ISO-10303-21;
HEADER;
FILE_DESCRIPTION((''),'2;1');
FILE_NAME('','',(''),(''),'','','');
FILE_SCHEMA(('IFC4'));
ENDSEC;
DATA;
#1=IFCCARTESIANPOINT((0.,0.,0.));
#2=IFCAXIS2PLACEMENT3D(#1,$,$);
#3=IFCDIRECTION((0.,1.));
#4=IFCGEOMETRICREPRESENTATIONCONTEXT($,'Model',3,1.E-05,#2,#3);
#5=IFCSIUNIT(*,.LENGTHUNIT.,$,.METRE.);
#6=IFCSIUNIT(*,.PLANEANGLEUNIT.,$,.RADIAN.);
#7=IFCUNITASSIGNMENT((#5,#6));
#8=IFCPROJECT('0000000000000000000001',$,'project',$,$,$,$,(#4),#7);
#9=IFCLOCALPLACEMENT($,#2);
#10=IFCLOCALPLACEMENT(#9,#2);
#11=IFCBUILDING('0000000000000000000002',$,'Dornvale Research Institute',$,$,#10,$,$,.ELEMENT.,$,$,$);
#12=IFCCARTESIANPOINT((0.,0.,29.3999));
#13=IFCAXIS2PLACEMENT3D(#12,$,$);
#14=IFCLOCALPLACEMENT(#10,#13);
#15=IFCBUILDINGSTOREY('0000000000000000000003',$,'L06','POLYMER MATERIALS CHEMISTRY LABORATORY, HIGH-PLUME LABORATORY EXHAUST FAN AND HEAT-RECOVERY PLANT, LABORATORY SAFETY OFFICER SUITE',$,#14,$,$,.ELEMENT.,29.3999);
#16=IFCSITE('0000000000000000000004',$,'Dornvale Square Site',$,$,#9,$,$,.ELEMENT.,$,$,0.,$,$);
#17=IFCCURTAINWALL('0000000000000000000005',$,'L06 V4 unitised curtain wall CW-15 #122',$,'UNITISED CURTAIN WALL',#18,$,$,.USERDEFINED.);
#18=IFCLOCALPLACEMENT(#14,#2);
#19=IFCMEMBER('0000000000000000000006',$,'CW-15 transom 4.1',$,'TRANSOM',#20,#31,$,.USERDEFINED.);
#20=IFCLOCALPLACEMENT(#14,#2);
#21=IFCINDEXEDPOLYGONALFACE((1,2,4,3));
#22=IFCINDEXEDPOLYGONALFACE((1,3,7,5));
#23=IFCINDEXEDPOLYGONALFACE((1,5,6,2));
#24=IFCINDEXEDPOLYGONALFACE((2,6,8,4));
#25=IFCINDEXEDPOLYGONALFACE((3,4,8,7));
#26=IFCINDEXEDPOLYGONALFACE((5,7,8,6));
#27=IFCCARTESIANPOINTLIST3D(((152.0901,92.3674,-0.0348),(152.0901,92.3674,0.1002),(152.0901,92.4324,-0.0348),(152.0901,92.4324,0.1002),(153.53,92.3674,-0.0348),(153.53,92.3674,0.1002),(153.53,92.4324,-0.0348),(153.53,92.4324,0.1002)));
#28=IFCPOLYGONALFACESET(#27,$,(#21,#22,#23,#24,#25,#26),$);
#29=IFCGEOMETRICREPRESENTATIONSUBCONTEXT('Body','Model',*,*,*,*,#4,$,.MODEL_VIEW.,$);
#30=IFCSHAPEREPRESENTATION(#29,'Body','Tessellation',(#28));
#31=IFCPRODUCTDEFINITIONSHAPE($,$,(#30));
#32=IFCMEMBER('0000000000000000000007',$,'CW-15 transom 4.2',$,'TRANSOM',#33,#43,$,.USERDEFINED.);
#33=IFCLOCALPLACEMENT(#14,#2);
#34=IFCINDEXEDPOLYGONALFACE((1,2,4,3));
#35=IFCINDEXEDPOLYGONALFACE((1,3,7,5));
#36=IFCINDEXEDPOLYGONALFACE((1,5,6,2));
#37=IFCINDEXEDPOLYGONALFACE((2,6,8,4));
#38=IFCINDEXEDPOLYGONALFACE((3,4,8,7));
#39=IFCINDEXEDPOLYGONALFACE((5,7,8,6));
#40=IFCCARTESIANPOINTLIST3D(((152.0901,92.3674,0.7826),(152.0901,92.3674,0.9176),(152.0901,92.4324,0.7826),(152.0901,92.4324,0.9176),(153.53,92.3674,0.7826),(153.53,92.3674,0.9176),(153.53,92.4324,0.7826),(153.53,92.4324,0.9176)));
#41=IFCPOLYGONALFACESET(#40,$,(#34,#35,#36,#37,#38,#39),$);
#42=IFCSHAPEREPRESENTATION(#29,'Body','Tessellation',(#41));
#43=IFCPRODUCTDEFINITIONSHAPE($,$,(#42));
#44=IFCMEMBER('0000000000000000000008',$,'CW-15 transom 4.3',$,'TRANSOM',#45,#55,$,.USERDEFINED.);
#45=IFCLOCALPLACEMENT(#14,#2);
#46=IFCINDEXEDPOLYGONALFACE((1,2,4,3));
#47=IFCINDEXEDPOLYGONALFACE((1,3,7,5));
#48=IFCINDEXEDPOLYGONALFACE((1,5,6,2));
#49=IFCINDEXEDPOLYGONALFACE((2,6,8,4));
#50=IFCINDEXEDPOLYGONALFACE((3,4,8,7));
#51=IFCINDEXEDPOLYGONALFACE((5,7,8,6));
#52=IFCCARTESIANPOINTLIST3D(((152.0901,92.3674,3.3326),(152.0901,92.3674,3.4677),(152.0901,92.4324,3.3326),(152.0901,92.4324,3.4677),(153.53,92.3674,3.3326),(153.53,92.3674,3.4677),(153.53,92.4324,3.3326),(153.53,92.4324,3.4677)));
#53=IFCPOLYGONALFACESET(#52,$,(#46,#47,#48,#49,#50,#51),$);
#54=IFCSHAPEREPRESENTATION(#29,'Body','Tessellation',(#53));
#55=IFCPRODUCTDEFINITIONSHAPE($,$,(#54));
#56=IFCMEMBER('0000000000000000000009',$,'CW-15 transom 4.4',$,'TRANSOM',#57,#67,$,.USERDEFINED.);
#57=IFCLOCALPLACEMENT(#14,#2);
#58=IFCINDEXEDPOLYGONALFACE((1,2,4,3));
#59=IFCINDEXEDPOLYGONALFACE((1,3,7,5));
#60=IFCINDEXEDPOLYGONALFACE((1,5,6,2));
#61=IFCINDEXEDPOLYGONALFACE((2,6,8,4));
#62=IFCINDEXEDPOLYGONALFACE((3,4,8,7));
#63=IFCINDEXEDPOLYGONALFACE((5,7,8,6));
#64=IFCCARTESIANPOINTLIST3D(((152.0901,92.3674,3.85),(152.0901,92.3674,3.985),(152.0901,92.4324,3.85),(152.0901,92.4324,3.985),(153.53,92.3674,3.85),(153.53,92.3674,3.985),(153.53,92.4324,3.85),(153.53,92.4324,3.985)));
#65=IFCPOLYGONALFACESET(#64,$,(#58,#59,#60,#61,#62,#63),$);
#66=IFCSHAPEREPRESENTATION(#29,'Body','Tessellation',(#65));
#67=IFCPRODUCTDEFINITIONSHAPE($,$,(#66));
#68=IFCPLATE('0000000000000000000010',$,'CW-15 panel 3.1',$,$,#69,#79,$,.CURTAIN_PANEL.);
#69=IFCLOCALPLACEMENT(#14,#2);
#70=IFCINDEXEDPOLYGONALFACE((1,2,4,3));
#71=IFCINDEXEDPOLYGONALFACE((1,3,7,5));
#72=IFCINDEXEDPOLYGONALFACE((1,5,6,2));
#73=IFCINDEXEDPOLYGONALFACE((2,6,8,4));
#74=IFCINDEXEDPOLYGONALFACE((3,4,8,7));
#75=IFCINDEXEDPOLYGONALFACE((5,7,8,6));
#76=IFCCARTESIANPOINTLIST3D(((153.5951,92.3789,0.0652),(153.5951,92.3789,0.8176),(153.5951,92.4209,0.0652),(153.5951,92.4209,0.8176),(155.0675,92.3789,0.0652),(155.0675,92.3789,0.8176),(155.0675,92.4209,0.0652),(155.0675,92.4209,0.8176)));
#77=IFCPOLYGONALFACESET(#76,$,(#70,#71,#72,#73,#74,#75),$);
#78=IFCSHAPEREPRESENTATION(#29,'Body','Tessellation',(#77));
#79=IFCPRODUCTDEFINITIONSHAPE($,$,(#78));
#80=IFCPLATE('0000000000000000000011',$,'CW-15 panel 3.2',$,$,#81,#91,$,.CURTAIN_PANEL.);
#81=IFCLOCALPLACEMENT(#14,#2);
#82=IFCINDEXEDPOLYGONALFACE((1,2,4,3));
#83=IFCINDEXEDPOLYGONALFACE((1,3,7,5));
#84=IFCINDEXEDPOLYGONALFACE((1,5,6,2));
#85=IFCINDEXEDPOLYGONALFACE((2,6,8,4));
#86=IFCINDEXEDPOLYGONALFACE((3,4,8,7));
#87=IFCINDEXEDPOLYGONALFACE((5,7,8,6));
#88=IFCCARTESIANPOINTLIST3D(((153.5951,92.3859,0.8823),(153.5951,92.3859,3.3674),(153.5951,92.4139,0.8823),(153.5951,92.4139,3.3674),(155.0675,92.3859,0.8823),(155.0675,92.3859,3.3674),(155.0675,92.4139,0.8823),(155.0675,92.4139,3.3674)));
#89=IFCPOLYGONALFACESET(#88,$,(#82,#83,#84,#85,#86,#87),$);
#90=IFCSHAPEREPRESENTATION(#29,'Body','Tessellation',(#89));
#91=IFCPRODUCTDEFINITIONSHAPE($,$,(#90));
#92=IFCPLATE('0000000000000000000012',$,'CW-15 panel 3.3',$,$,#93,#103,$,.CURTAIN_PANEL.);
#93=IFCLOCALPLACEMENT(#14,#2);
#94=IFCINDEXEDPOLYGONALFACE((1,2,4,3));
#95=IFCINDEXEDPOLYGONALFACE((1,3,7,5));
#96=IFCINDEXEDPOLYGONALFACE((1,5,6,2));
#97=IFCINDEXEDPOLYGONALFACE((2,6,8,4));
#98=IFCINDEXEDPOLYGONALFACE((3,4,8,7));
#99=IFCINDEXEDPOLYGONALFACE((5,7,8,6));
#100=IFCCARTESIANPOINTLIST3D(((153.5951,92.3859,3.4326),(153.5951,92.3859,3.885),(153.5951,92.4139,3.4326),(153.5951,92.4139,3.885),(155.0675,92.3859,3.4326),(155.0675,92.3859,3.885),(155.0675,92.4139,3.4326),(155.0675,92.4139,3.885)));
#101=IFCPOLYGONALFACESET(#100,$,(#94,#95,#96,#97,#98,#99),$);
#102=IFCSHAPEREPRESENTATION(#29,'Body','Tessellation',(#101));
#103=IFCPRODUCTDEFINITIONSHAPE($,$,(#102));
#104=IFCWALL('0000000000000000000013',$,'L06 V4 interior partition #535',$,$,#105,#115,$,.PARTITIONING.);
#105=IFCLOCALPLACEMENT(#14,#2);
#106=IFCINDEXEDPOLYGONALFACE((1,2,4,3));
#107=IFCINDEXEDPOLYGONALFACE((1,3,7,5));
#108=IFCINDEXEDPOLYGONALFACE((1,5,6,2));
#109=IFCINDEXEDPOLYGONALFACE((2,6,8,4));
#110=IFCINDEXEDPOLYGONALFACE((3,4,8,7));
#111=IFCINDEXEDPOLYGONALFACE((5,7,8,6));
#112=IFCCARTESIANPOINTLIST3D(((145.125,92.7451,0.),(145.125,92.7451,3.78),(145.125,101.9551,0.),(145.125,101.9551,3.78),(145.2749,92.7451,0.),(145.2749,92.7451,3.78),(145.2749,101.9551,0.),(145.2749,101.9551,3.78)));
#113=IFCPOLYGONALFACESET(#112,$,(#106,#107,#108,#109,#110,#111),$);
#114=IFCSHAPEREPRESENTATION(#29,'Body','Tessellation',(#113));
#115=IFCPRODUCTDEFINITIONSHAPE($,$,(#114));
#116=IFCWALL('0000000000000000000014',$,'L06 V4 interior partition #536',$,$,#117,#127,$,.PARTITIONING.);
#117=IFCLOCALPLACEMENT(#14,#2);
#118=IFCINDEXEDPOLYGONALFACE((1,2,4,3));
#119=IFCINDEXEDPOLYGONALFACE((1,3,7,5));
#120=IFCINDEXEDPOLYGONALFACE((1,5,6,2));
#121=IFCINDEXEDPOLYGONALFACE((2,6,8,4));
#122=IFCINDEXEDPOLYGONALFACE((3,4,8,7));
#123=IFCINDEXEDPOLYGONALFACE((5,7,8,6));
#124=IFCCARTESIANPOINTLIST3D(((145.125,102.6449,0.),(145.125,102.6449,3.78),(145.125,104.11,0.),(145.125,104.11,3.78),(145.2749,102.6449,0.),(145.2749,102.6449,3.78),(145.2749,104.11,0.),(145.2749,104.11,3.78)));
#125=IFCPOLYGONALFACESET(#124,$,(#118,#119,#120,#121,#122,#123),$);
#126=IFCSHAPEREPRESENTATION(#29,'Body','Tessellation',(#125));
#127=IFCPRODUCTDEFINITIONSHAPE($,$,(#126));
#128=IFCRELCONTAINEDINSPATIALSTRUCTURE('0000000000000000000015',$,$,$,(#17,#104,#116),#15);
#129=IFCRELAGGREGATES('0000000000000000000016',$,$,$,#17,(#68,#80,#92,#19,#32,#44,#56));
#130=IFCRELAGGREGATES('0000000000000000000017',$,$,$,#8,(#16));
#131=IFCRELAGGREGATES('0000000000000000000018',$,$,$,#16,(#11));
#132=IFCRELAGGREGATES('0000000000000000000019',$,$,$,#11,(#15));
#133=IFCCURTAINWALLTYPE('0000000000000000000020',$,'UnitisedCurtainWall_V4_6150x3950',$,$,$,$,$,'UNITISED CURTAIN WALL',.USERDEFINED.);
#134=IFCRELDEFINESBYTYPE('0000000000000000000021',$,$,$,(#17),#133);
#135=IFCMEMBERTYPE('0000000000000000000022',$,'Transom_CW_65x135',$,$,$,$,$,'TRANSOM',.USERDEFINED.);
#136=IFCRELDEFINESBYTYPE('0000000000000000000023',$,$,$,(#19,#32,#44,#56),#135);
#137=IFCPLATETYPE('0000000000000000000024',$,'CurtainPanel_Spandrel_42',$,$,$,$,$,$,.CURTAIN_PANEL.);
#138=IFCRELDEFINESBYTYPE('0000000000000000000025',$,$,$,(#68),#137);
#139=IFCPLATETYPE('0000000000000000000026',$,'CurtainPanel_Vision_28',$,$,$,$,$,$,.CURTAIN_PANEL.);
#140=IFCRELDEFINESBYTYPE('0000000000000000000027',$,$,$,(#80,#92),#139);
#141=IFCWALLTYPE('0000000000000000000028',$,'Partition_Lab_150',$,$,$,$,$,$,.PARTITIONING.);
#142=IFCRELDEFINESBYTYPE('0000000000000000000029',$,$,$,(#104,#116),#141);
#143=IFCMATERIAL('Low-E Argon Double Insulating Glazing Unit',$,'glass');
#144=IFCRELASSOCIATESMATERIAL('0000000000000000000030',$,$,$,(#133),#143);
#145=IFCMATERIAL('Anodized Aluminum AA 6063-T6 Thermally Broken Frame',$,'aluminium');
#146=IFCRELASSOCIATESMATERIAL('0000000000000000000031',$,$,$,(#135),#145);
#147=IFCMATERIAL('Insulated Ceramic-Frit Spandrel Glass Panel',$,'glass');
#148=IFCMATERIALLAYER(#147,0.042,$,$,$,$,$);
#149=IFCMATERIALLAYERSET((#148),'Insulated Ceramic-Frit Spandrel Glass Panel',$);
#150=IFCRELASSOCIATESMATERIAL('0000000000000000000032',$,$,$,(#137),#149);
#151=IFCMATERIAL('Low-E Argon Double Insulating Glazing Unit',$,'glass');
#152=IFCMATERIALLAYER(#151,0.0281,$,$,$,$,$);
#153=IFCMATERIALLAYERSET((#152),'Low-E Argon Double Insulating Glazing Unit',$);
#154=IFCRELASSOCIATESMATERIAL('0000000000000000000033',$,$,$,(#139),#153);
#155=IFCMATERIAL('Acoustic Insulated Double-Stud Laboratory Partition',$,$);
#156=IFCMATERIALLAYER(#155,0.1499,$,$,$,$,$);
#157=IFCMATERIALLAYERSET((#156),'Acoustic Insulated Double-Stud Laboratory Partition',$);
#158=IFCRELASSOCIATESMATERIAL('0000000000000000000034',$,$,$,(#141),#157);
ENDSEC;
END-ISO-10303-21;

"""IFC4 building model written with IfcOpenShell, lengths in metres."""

from ifc_helpers import new_model, si_unit, direction, frame, frame_2d, origin, origin_2d, place, context, subcontext, project, spatial, rectangle, extrude, material, layer, layer_set, material_profile, profile_set, type_object, element, aggregate, save


model = new_model("IFC4")

# Units and contexts
model_context = context("Model", 3, precision=1e-05, world=origin(), true_north=direction((0.0, 1.0)))
body_context = subcontext(model_context, "Body", "Model", "MODEL_VIEW")
ifc_project = project(units=[si_unit("LENGTHUNIT", "METRE"), si_unit("PLANEANGLEUNIT", "RADIAN")], contexts=[model_context])

# Site, building, storey
site_placement = place(None, origin())
site = spatial("IfcSite", under=ifc_project, at=site_placement, Name="Dornvale Square Site", CompositionType="ELEMENT", RefElevation=0.0)
building_placement = place(site_placement, origin())
building = spatial("IfcBuilding", under=site, at=building_placement, Name="Dornvale Research Institute", CompositionType="ELEMENT")
storey_placement = place(building_placement, frame((0.0, 0.0, 29.3999)))
storey = spatial("IfcBuildingStorey", under=building, at=storey_placement, Name="L06", Description="POLYMER MATERIALS CHEMISTRY LABORATORY, HIGH-PLUME LABORATORY EXHAUST FAN AND HEAT-RECOVERY PLANT, LABORATORY SAFETY OFFICER SUITE", CompositionType="ELEMENT", Elevation=29.3999)

# Curtain wall, members, plates
ifc_material_1 = material(Name="Low-E Argon Double Insulating Glazing Unit", Category="glass")
curtain_wall_type = type_object("IfcCurtainWallType", Name="UnitisedCurtainWall_V4_6150x3950", ElementType="UNITISED CURTAIN WALL", PredefinedType="USERDEFINED", material=ifc_material_1)
curtain_wall_placement = place(storey_placement, origin())
curtain_wall = element("IfcCurtainWall", 1, at=curtain_wall_placement, inside=storey, type_object=curtain_wall_type, Name="L06 V4 unitised curtain wall CW-15 #122", ObjectType="UNITISED CURTAIN WALL", PredefinedType="USERDEFINED")
ifc_material_2 = material(Name="Anodized Aluminum AA 6063-T6 Thermally Broken Frame", Category="aluminium")
ifc_material_profile_1 = material_profile(ifc_material_2, rectangle(XDim=0.0649, YDim=0.135, at=origin_2d()), Name="ALU TRANSOM 65x135")
ifc_profile_set_1 = profile_set([ifc_material_profile_1], Name="Anodized Aluminum AA 6063-T6 Thermally Broken Frame")
member_type_1 = type_object("IfcMemberType", Name="Transom_CW_65x135", ElementType="TRANSOM", PredefinedType="USERDEFINED", material=ifc_profile_set_1)
member_1_placement = place(storey_placement, frame((153.53, 92.3999, 0.0327), z_axis=(-1.0, 0.0, 0.0), x_axis=(0.0, -1.0, 0.0)))
member_1 = element("IfcMember", 2, at=member_1_placement, type_object=member_type_1, Name="CW-15 transom 4.1", ObjectType="TRANSOM", PredefinedType="USERDEFINED", context=body_context, shape_type="SweptSolid", body=[
    extrude(rectangle(XDim=0.0649, YDim=0.135, at=origin_2d()), origin(), (0.0, 0.0, 1.0), 1.4399),
])
member_2_placement = place(storey_placement, frame((153.53, 92.3999, 0.8501), z_axis=(-1.0, 0.0, 0.0), x_axis=(0.0, -1.0, 0.0)))
member_2 = element("IfcMember", 3, at=member_2_placement, type_object=member_type_1, Name="CW-15 transom 4.2", ObjectType="TRANSOM", PredefinedType="USERDEFINED", context=body_context, shape_type="SweptSolid", body=[
    extrude(rectangle(XDim=0.0649, YDim=0.135, at=origin_2d()), origin(), (0.0, 0.0, 1.0), 1.4399),
])
member_3_placement = place(storey_placement, frame((153.53, 92.3999, 3.4001), z_axis=(-1.0, 0.0, 0.0), x_axis=(0.0, -1.0, 0.0)))
member_3 = element("IfcMember", 4, at=member_3_placement, type_object=member_type_1, Name="CW-15 transom 4.3", ObjectType="TRANSOM", PredefinedType="USERDEFINED", context=body_context, shape_type="SweptSolid", body=[
    extrude(rectangle(XDim=0.0649, YDim=0.135, at=origin_2d()), origin(), (0.0, 0.0, 1.0), 1.4399),
])
member_4_placement = place(storey_placement, frame((153.53, 92.3999, 3.9175), z_axis=(-1.0, 0.0, 0.0), x_axis=(0.0, -1.0, 0.0)))
member_4 = element("IfcMember", 5, at=member_4_placement, type_object=member_type_1, Name="CW-15 transom 4.4", ObjectType="TRANSOM", PredefinedType="USERDEFINED", context=body_context, shape_type="SweptSolid", body=[
    extrude(rectangle(XDim=0.0649, YDim=0.135, at=origin_2d()), origin(), (0.0, 0.0, 1.0), 1.4399),
])
ifc_material_3 = material(Name="Insulated Ceramic-Frit Spandrel Glass Panel", Category="glass")
ifc_layer_1 = layer(ifc_material_3, 0.042)
ifc_layer_set_1 = layer_set([ifc_layer_1], Name="Insulated Ceramic-Frit Spandrel Glass Panel")
plate_type_1 = type_object("IfcPlateType", Name="CurtainPanel_Spandrel_42", PredefinedType="CURTAIN_PANEL", material=ifc_layer_set_1)
plate_1_placement = place(storey_placement, frame((154.3313, 92.3999, 0.0652), z_axis=(0.0, 0.0, 1.0), x_axis=(-1.0, 0.0, 0.0)))
plate_1 = element("IfcPlate", 6, at=plate_1_placement, type_object=plate_type_1, Name="CW-15 panel 3.1", PredefinedType="CURTAIN_PANEL", context=body_context, shape_type="SweptSolid", body=[
    extrude(rectangle(XDim=1.4724, YDim=0.042, at=origin_2d()), origin(), (0.0, 0.0, 1.0), 0.7524),
])
ifc_material_4 = material(Name="Low-E Argon Double Insulating Glazing Unit", Category="glass")
ifc_layer_2 = layer(ifc_material_4, 0.0281)
ifc_layer_set_2 = layer_set([ifc_layer_2], Name="Low-E Argon Double Insulating Glazing Unit")
plate_type_2 = type_object("IfcPlateType", Name="CurtainPanel_Vision_28", PredefinedType="CURTAIN_PANEL", material=ifc_layer_set_2)
plate_2_placement = place(storey_placement, frame((154.3313, 92.3999, 0.8823), z_axis=(0.0, 0.0, 1.0), x_axis=(-1.0, 0.0, 0.0)))
plate_2 = element("IfcPlate", 7, at=plate_2_placement, type_object=plate_type_2, Name="CW-15 panel 3.2", PredefinedType="CURTAIN_PANEL", context=body_context, shape_type="SweptSolid", body=[
    extrude(rectangle(XDim=1.4724, YDim=0.0281, at=origin_2d()), origin(), (0.0, 0.0, 1.0), 2.4851),
])
plate_3_placement = place(storey_placement, frame((154.3313, 92.3999, 3.4326), z_axis=(0.0, 0.0, 1.0), x_axis=(-1.0, 0.0, 0.0)))
plate_3 = element("IfcPlate", 8, at=plate_3_placement, type_object=plate_type_2, Name="CW-15 panel 3.3", PredefinedType="CURTAIN_PANEL", context=body_context, shape_type="SweptSolid", body=[
    extrude(rectangle(XDim=1.4724, YDim=0.0281, at=origin_2d()), origin(), (0.0, 0.0, 1.0), 0.4524),
])
aggregate(curtain_wall, [plate_1, plate_2, plate_3, member_1, member_2, member_3, member_4])

# Walls
ifc_material_5 = material(Name="Acoustic Insulated Double-Stud Laboratory Partition")
ifc_layer_3 = layer(ifc_material_5, 0.1499)
ifc_layer_set_3 = layer_set([ifc_layer_3], Name="Acoustic Insulated Double-Stud Laboratory Partition")
wall_type = type_object("IfcWallType", Name="Partition_Lab_150", PredefinedType="PARTITIONING", material=ifc_layer_set_3)
wall_1_placement = place(storey_placement, frame((145.2, 92.7451, 0.0), z_axis=(0.0, 0.0, 1.0), x_axis=(0.0, 1.0, 0.0)))
element("IfcWall", 9, at=wall_1_placement, inside=storey, type_object=wall_type, Name="L06 V4 interior partition #535", PredefinedType="PARTITIONING", context=body_context, shape_type="SweptSolid", body=[
    extrude(rectangle(XDim=9.21, YDim=0.1499, at=frame_2d((4.605, 0.0))), origin(), (0.0, 0.0, 1.0), 3.78),
])
wall_2_placement = place(storey_placement, frame((145.2, 102.645, 0.0), z_axis=(0.0, 0.0, 1.0), x_axis=(0.0, 1.0, 0.0)))
element("IfcWall", 10, at=wall_2_placement, inside=storey, type_object=wall_type, Name="L06 V4 interior partition #536", PredefinedType="PARTITIONING", context=body_context, shape_type="SweptSolid", body=[
    extrude(rectangle(XDim=1.4651, YDim=0.1499, at=frame_2d((0.7324, 0.0))), origin(), (0.0, 0.0, 1.0), 3.78),
])

save(model, "model.ifc")
